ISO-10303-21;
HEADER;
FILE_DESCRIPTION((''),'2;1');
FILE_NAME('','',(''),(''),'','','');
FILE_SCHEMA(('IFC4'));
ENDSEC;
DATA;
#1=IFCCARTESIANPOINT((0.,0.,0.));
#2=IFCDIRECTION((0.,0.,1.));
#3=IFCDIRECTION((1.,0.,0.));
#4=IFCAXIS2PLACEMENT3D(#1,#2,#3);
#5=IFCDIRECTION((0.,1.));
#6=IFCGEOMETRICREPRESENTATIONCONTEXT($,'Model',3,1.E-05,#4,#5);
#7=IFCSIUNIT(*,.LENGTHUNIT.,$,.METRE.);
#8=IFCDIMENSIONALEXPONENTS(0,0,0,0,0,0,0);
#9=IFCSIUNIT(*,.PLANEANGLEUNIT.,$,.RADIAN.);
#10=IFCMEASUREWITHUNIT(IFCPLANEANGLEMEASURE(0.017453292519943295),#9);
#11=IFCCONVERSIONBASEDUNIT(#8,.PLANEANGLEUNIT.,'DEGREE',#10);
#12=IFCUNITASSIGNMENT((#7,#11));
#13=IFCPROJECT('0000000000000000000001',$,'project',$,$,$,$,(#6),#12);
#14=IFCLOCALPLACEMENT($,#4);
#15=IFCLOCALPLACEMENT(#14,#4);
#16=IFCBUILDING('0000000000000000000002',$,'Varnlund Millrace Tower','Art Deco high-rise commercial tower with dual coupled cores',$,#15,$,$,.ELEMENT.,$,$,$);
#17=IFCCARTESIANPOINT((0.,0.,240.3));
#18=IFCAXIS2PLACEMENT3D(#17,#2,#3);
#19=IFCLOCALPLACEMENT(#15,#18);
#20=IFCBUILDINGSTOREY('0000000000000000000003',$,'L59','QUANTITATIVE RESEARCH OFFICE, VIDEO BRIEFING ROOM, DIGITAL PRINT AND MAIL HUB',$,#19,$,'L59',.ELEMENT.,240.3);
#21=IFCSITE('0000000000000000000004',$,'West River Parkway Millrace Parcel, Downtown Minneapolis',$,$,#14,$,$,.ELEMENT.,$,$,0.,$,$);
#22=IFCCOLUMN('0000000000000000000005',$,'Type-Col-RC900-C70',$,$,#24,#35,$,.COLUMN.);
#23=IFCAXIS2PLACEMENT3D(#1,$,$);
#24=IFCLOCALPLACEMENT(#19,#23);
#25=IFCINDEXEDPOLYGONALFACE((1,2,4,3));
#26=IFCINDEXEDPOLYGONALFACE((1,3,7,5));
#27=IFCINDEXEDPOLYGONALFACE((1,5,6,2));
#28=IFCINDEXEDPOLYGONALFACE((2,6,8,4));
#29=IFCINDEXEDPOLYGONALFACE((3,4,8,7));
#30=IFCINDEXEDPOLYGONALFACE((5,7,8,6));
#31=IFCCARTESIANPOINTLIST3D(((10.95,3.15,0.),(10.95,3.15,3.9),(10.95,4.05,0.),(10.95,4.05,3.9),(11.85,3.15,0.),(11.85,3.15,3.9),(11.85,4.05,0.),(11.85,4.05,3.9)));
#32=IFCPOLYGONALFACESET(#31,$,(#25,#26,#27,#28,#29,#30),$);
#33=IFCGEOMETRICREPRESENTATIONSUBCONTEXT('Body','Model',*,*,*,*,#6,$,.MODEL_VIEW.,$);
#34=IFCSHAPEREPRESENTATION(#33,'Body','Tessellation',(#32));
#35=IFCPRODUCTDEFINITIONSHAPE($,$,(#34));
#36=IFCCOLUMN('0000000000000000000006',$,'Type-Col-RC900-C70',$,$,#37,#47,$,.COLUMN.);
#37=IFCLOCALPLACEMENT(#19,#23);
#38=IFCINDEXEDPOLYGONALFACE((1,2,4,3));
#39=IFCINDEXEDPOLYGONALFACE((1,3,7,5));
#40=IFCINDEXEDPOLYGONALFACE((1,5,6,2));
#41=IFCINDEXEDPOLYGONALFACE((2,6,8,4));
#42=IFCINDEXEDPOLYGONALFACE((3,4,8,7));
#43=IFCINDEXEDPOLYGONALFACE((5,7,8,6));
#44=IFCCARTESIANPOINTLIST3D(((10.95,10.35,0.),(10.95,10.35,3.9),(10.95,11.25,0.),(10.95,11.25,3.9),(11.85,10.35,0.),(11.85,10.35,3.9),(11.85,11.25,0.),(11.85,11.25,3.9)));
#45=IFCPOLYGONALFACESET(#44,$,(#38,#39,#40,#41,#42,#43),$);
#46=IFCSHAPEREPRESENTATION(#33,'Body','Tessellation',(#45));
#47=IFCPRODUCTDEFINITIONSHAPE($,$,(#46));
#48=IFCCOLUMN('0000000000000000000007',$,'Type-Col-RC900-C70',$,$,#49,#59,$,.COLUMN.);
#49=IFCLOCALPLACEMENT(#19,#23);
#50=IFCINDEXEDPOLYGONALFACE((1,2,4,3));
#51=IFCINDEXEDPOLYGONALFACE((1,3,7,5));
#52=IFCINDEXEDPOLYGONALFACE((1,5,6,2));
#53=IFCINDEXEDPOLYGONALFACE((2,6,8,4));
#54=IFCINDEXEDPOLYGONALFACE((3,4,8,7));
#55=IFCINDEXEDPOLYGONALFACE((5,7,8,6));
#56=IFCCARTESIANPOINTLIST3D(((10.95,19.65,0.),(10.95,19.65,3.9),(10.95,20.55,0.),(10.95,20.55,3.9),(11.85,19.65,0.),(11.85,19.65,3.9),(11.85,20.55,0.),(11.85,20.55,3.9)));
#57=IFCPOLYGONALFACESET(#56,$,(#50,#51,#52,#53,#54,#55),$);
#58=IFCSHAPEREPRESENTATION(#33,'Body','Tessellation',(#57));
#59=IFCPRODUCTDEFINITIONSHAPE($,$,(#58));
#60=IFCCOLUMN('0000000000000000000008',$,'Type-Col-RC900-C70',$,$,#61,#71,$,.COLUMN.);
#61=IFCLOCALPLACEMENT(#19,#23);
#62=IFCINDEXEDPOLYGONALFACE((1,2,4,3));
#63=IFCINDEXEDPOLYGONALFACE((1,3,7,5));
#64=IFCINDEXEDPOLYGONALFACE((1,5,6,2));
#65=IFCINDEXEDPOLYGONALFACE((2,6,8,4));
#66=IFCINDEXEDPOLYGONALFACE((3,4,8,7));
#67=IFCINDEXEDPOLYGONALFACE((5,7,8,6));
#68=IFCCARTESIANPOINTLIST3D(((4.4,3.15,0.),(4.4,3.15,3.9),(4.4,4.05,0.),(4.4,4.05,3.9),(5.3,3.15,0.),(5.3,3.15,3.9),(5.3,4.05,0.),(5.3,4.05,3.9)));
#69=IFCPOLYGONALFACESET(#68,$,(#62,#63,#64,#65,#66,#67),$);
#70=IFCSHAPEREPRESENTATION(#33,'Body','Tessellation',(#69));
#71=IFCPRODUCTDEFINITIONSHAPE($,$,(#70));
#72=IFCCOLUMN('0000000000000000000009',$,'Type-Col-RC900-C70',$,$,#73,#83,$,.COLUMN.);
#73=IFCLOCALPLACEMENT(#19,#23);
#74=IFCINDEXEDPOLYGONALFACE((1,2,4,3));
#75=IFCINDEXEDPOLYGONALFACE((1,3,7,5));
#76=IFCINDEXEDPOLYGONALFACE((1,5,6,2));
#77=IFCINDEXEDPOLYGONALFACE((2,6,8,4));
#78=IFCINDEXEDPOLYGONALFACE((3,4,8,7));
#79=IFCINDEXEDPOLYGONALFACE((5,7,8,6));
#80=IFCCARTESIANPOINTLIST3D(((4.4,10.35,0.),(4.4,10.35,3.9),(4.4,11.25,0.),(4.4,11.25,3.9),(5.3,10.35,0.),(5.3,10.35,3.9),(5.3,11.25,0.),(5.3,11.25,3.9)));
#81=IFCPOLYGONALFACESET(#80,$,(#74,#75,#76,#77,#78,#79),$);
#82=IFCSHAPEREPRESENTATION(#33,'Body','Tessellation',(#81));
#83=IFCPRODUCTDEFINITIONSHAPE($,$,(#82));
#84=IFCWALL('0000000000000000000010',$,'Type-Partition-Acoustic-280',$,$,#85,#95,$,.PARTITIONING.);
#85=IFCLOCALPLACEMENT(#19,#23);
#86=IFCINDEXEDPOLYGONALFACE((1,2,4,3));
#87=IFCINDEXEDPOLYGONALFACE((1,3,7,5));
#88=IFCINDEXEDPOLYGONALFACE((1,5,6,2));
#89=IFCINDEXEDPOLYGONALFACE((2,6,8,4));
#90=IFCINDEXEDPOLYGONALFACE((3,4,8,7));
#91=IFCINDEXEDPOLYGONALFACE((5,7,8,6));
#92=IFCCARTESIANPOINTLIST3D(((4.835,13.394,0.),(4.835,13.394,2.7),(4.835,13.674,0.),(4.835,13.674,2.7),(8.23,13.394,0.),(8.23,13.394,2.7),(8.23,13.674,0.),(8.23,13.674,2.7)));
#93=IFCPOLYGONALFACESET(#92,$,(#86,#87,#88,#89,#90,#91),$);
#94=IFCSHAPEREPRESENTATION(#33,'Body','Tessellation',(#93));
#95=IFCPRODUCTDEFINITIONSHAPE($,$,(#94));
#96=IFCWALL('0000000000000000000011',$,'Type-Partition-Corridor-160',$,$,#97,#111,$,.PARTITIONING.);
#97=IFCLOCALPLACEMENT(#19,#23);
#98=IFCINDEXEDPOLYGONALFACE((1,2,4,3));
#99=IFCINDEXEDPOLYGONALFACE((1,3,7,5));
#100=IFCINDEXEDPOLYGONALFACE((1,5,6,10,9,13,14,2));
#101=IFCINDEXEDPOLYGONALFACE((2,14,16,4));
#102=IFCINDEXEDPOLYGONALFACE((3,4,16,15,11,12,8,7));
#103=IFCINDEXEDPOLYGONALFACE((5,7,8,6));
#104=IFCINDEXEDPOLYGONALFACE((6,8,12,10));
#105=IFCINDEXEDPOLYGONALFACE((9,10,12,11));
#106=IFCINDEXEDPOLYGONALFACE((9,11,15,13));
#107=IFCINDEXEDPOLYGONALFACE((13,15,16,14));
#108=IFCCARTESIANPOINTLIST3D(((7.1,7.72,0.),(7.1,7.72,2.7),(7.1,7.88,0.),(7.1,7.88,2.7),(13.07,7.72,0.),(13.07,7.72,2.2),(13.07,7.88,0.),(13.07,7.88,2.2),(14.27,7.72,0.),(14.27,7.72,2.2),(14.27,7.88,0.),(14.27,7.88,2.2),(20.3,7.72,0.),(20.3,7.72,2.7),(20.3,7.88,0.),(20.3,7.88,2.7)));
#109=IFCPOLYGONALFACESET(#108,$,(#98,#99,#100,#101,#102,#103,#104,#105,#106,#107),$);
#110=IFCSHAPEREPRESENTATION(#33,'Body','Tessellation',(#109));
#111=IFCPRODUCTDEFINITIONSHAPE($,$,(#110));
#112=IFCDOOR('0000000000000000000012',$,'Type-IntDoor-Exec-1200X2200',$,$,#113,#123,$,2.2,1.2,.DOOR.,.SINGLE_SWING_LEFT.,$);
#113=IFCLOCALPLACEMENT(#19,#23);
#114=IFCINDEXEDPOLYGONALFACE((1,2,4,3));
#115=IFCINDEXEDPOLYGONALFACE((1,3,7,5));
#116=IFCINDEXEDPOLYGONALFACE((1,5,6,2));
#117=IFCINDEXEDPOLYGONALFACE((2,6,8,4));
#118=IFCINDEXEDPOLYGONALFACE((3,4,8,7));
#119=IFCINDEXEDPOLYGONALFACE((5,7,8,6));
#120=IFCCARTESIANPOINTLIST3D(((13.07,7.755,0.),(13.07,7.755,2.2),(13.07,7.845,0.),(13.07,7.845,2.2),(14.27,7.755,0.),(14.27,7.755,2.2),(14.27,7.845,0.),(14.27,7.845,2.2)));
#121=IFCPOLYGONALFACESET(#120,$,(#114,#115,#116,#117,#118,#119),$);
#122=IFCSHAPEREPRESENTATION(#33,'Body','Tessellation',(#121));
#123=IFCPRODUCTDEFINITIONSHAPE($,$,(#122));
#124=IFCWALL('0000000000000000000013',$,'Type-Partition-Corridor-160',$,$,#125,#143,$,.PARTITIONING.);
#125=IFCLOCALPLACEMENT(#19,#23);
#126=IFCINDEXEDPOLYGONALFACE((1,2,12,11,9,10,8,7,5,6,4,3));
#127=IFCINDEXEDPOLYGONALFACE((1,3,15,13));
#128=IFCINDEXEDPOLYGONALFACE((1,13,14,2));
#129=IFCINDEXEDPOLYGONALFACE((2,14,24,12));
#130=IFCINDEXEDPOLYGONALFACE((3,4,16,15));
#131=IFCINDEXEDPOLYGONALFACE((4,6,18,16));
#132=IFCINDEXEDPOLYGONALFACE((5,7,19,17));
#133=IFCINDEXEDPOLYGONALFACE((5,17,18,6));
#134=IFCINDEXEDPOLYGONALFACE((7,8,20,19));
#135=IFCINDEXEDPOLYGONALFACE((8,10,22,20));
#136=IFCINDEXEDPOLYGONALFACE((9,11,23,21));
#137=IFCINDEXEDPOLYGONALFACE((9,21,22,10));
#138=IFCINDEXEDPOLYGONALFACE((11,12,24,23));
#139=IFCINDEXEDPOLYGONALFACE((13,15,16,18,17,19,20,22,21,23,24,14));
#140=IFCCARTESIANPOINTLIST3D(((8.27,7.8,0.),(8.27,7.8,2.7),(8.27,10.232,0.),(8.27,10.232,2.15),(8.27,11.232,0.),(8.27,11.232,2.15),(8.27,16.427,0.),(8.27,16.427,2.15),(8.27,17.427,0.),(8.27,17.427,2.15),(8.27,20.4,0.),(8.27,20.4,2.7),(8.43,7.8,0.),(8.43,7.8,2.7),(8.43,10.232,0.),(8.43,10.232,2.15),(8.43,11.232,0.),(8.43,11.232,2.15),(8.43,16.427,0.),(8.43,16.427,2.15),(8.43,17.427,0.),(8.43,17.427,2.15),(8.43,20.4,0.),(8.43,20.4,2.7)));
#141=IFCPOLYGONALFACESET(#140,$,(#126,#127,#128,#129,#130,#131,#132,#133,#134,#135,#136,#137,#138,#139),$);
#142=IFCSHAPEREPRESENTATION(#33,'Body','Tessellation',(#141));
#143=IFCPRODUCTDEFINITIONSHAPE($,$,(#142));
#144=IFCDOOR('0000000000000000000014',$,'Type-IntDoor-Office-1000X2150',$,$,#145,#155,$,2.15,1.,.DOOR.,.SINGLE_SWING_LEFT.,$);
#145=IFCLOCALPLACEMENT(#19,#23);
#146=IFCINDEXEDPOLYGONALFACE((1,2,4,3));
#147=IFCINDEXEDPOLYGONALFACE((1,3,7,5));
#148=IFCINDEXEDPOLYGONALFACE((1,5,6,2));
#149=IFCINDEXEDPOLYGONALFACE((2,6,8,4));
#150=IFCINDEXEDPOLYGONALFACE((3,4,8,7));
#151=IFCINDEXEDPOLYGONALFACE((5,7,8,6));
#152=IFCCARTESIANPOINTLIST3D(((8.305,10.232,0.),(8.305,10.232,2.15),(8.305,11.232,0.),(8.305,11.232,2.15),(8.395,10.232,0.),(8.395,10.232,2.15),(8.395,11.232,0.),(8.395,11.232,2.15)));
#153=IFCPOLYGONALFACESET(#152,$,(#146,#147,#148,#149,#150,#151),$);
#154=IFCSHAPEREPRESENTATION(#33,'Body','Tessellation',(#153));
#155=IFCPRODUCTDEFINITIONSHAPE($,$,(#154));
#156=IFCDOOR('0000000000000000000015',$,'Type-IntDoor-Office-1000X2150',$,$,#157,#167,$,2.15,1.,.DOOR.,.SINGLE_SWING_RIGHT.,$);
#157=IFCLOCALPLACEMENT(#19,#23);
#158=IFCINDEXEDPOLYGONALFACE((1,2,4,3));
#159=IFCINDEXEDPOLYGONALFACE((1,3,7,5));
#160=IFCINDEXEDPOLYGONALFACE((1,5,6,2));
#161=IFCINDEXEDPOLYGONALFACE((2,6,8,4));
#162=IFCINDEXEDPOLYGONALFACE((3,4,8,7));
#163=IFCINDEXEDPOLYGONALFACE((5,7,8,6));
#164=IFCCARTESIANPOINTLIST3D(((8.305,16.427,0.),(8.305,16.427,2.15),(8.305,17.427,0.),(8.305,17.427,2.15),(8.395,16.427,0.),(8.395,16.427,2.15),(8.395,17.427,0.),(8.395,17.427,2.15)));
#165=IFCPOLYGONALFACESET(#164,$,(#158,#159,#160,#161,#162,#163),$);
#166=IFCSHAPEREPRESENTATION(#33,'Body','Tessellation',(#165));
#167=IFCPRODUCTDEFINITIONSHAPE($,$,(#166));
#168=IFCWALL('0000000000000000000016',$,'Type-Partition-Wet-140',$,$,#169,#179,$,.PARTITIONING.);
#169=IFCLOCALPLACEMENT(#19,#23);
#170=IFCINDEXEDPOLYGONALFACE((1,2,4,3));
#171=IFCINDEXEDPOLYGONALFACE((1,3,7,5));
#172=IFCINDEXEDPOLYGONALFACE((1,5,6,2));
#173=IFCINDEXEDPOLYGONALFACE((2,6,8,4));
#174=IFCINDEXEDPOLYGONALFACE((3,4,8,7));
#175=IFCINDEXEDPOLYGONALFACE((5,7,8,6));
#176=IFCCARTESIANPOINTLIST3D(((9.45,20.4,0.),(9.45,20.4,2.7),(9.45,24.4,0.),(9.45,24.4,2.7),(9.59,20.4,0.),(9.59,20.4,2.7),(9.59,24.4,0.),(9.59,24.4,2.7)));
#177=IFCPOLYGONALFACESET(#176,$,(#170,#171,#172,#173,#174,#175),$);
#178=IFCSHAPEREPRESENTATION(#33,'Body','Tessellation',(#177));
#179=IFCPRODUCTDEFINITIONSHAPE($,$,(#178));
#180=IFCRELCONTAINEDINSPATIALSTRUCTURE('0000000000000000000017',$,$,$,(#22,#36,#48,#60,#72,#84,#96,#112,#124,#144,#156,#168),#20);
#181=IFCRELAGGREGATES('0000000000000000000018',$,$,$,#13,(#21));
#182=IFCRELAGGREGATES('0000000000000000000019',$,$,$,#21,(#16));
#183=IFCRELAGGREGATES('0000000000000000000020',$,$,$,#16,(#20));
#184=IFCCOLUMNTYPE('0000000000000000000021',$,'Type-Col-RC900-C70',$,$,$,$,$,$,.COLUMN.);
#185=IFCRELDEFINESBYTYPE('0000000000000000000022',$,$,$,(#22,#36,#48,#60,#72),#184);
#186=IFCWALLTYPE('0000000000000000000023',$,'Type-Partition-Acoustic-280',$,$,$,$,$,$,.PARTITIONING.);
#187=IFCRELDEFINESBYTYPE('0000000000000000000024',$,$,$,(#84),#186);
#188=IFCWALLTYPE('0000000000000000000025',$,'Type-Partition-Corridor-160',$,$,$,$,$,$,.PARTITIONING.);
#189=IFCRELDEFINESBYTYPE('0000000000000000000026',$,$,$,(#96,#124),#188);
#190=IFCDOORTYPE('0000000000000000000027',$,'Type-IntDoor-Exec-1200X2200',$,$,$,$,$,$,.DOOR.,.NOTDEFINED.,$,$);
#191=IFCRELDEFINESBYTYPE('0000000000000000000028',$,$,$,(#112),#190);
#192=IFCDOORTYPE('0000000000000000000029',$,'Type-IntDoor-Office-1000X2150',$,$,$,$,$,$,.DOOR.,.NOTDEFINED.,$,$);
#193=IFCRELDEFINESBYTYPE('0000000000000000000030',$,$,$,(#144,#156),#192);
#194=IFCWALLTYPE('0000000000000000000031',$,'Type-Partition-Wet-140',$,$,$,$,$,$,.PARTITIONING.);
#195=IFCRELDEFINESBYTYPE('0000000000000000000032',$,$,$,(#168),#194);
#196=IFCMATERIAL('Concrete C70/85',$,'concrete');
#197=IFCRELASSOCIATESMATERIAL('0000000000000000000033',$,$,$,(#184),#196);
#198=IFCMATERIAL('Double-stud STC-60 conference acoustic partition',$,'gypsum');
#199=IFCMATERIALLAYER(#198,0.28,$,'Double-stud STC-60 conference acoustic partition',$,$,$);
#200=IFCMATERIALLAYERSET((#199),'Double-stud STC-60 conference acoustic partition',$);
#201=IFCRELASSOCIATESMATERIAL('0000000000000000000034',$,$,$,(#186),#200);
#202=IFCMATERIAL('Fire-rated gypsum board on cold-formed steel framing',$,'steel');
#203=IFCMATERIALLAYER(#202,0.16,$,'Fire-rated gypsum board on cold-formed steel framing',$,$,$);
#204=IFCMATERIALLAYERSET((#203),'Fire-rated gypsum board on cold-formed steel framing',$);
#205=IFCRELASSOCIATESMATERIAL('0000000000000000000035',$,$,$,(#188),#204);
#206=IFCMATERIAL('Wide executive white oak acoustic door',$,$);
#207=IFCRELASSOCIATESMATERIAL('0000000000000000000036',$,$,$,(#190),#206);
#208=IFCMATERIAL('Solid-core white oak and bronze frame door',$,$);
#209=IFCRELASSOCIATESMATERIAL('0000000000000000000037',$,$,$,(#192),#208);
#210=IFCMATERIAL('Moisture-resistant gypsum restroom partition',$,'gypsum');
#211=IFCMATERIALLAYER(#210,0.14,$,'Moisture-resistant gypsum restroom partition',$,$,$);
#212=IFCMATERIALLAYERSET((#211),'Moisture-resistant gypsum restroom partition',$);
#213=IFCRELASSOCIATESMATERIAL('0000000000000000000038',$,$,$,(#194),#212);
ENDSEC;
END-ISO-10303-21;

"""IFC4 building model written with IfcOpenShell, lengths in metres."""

from ifc_helpers import new_model, entity, si_unit, converted_unit, direction, frame, origin_with_axes, origin_2d_with_axis, place, context, subcontext, project, spatial, polyline, rectangle, outline, extrude, material, layer, layer_set, material_profile, profile_set, type_object, element, fill, save


model = new_model("IFC4")

# Units and contexts
model_context = context("Model", 3, precision=1e-05, world=origin_with_axes(), true_north=direction((0.0, 1.0)))
body_context = subcontext(model_context, "Body", "Model", "MODEL_VIEW")
ifc_project = project(units=[si_unit("LENGTHUNIT", "METRE"), converted_unit("PLANEANGLEUNIT", "DEGREE", entity("IfcPlaneAngleMeasure", 0.017453292519943295), si_unit("PLANEANGLEUNIT", "RADIAN"), dimensions=[0, 0, 0, 0, 0, 0, 0])], contexts=[model_context])

# Site, building, storey
site_placement = place(None, origin_with_axes())
site = spatial("IfcSite", under=ifc_project, at=site_placement, Name="West River Parkway Millrace Parcel, Downtown Minneapolis", CompositionType="ELEMENT", RefElevation=0.0)
building_placement = place(site_placement, origin_with_axes())
building = spatial("IfcBuilding", under=site, at=building_placement, Name="Varnlund Millrace Tower", Description="Art Deco high-rise commercial tower with dual coupled cores", CompositionType="ELEMENT")
storey_placement = place(building_placement, frame((0.0, 0.0, 240.3), z_axis=(0.0, 0.0, 1.0), x_axis=(1.0, 0.0, 0.0)))
storey = spatial("IfcBuildingStorey", under=building, at=storey_placement, Name="L59", Description="QUANTITATIVE RESEARCH OFFICE, VIDEO BRIEFING ROOM, DIGITAL PRINT AND MAIL HUB", LongName="L59", CompositionType="ELEMENT", Elevation=240.3)

# Columns
ifc_material_1 = material(Name="Concrete C70/85", Category="concrete")
ifc_material_profile = material_profile(ifc_material_1, rectangle(XDim=0.9, YDim=0.9, at=origin_2d_with_axis()), Name="Concrete C70/85")
ifc_profile_set = profile_set([ifc_material_profile], Name="Concrete C70/85")
column_type = type_object("IfcColumnType", Name="Type-Col-RC900-C70", PredefinedType="COLUMN", material=ifc_profile_set)
for number, where, z_axis, x_axis, name in (
    (1, (11.4, 3.6, 0.0), (0.0, 0.0, 1.0), (1.0, 0.0, 0.0), "Type-Col-RC900-C70"),
    (2, (11.4, 10.8, 0.0), (0.0, 0.0, 1.0), (1.0, 0.0, 0.0), "Type-Col-RC900-C70"),
    (3, (11.4, 20.1, 0.0), (0.0, 0.0, 1.0), (1.0, 0.0, 0.0), "Type-Col-RC900-C70"),
    (4, (4.85, 3.6, 0.0), (0.0, 0.0, 1.0), (1.0, 0.0, 0.0), "Type-Col-RC900-C70"),
    (5, (4.85, 10.8, 0.0), (0.0, 0.0, 1.0), (1.0, 0.0, 0.0), "Type-Col-RC900-C70"),
):
    element("IfcColumn", number, at=place(storey_placement, frame(where, z_axis=z_axis, x_axis=x_axis)), inside=storey, type_object=column_type, Name=name, PredefinedType="COLUMN", context=body_context, shape_type="SweptSolid", body=[
        extrude(rectangle(XDim=0.9, YDim=0.9, at=origin_2d_with_axis()), origin_with_axes(), (0.0, 0.0, 1.0), 3.9),
    ])

# Wall
ifc_material_2 = material(Name="Double-stud STC-60 conference acoustic partition", Category="gypsum")
ifc_layer_1 = layer(ifc_material_2, 0.28, Name="Double-stud STC-60 conference acoustic partition")
ifc_layer_set_1 = layer_set([ifc_layer_1], Name="Double-stud STC-60 conference acoustic partition")
wall_type_1 = type_object("IfcWallType", Name="Type-Partition-Acoustic-280", PredefinedType="PARTITIONING", material=ifc_layer_set_1)
wall_1_placement = place(storey_placement, frame((4.835, 13.534, 0.0), z_axis=(0.0, 0.0, 1.0), x_axis=(1.0, 0.0, 0.0)))
element("IfcWall", 6, at=wall_1_placement, inside=storey, type_object=wall_type_1, Name="Type-Partition-Acoustic-280", PredefinedType="PARTITIONING", context=body_context, shape_type="SweptSolid", body=[
    extrude(outline(polyline([(0.0, -0.14), (3.395, -0.14), (3.395, 0.14), (0.0, 0.14), (0.0, -0.14)])), origin_with_axes(), (0.0, 0.0, 1.0), 2.7),
])

# Wall, opening, door
ifc_material_3 = material(Name="Fire-rated gypsum board on cold-formed steel framing", Category="steel")
ifc_layer_2 = layer(ifc_material_3, 0.16, Name="Fire-rated gypsum board on cold-formed steel framing")
ifc_layer_set_2 = layer_set([ifc_layer_2], Name="Fire-rated gypsum board on cold-formed steel framing")
wall_type_2 = type_object("IfcWallType", Name="Type-Partition-Corridor-160", PredefinedType="PARTITIONING", material=ifc_layer_set_2)
wall_2_placement = place(storey_placement, frame((7.1, 7.8, 0.0), z_axis=(0.0, 0.0, 1.0), x_axis=(1.0, 0.0, 0.0)))
wall_2 = element("IfcWall", 7, at=wall_2_placement, inside=storey, type_object=wall_type_2, Name="Type-Partition-Corridor-160", PredefinedType="PARTITIONING", context=body_context, shape_type="SweptSolid", body=[
    extrude(outline(polyline([(0.0, -0.08), (13.2, -0.08), (13.2, 0.08), (0.0, 0.08), (0.0, -0.08)])), origin_with_axes(), (0.0, 0.0, 1.0), 2.7),
])
opening_1_placement = place(wall_2_placement, frame((6.57, 0.0, 0.0), z_axis=(0.0, 0.0, 1.0), x_axis=(1.0, 0.0, 0.0)))
opening_1 = element("IfcOpeningElement", 8, at=opening_1_placement, cuts=wall_2, PredefinedType="OPENING", context=body_context, shape_type="SweptSolid", body=[
    extrude(rectangle(XDim=1.2, YDim=0.18, at=origin_2d_with_axis()), origin_with_axes(), (0.0, 0.0, 1.0), 2.2),
])
ifc_material_4 = material(Name="Wide executive white oak acoustic door")
door_type_1 = type_object("IfcDoorType", Name="Type-IntDoor-Exec-1200X2200", OperationType="NOTDEFINED", PredefinedType="DOOR", material=ifc_material_4)
door_1_placement = place(wall_2_placement, frame((6.57, 0.0, 0.0), z_axis=(0.0, 0.0, 1.0), x_axis=(1.0, 0.0, 0.0)))
door_1 = element("IfcDoor", 9, at=door_1_placement, inside=storey, type_object=door_type_1, Name="Type-IntDoor-Exec-1200X2200", OperationType="SINGLE_SWING_LEFT", OverallHeight=2.2, OverallWidth=1.2, PredefinedType="DOOR", context=body_context, shape_type="SweptSolid", body=[
    extrude(rectangle(XDim=1.2, YDim=0.09, at=origin_2d_with_axis()), origin_with_axes(), (0.0, 0.0, 1.0), 2.2),
])
fill(opening_1, door_1)

# Wall, openings, doors
wall_3_placement = place(storey_placement, frame((8.35, 7.8, 0.0), z_axis=(0.0, 0.0, 1.0), x_axis=(0.0, 1.0, 0.0)))
wall_3 = element("IfcWall", 10, at=wall_3_placement, inside=storey, type_object=wall_type_2, Name="Type-Partition-Corridor-160", PredefinedType="PARTITIONING", context=body_context, shape_type="SweptSolid", body=[
    extrude(outline(polyline([(0.0, -0.08), (12.6, -0.08), (12.6, 0.08), (0.0, 0.08), (0.0, -0.08)])), origin_with_axes(), (0.0, 0.0, 1.0), 2.7),
])
opening_2_placement = place(wall_3_placement, frame((2.932, 0.0, 0.0), z_axis=(0.0, 0.0, 1.0), x_axis=(1.0, 0.0, 0.0)))
opening_2 = element("IfcOpeningElement", 11, at=opening_2_placement, cuts=wall_3, PredefinedType="OPENING", context=body_context, shape_type="SweptSolid", body=[
    extrude(rectangle(XDim=1.0, YDim=0.18, at=origin_2d_with_axis()), origin_with_axes(), (0.0, 0.0, 1.0), 2.15),
])
opening_3_placement = place(wall_3_placement, frame((9.127, 0.0, 0.0), z_axis=(0.0, 0.0, 1.0), x_axis=(1.0, 0.0, 0.0)))
opening_3 = element("IfcOpeningElement", 12, at=opening_3_placement, cuts=wall_3, PredefinedType="OPENING", context=body_context, shape_type="SweptSolid", body=[
    extrude(rectangle(XDim=1.0, YDim=0.18, at=origin_2d_with_axis()), origin_with_axes(), (0.0, 0.0, 1.0), 2.15),
])
ifc_material_5 = material(Name="Solid-core white oak and bronze frame door")
door_type_2 = type_object("IfcDoorType", Name="Type-IntDoor-Office-1000X2150", OperationType="NOTDEFINED", PredefinedType="DOOR", material=ifc_material_5)
door_2_placement = place(wall_3_placement, frame((2.932, 0.0, 0.0), z_axis=(0.0, 0.0, 1.0), x_axis=(1.0, 0.0, 0.0)))
door_2 = element("IfcDoor", 13, at=door_2_placement, inside=storey, type_object=door_type_2, Name="Type-IntDoor-Office-1000X2150", OperationType="SINGLE_SWING_LEFT", OverallHeight=2.15, OverallWidth=1.0, PredefinedType="DOOR", context=body_context, shape_type="SweptSolid", body=[
    extrude(rectangle(XDim=1.0, YDim=0.09, at=origin_2d_with_axis()), origin_with_axes(), (0.0, 0.0, 1.0), 2.15),
])
fill(opening_2, door_2)
door_3_placement = place(wall_3_placement, frame((9.127, 0.0, 0.0), z_axis=(0.0, 0.0, 1.0), x_axis=(1.0, 0.0, 0.0)))
door_3 = element("IfcDoor", 14, at=door_3_placement, inside=storey, type_object=door_type_2, Name="Type-IntDoor-Office-1000X2150", OperationType="SINGLE_SWING_RIGHT", OverallHeight=2.15, OverallWidth=1.0, PredefinedType="DOOR", context=body_context, shape_type="SweptSolid", body=[
    extrude(rectangle(XDim=1.0, YDim=0.09, at=origin_2d_with_axis()), origin_with_axes(), (0.0, 0.0, 1.0), 2.15),
])
fill(opening_3, door_3)

# Wall
ifc_material_6 = material(Name="Moisture-resistant gypsum restroom partition", Category="gypsum")
ifc_layer_3 = layer(ifc_material_6, 0.14, Name="Moisture-resistant gypsum restroom partition")
ifc_layer_set_3 = layer_set([ifc_layer_3], Name="Moisture-resistant gypsum restroom partition")
wall_type_3 = type_object("IfcWallType", Name="Type-Partition-Wet-140", PredefinedType="PARTITIONING", material=ifc_layer_set_3)
wall_4_placement = place(storey_placement, frame((9.52, 20.4, 0.0), z_axis=(0.0, 0.0, 1.0), x_axis=(0.0, 1.0, 0.0)))
element("IfcWall", 15, at=wall_4_placement, inside=storey, type_object=wall_type_3, Name="Type-Partition-Wet-140", PredefinedType="PARTITIONING", context=body_context, shape_type="SweptSolid", body=[
    extrude(outline(polyline([(0.0, -0.07), (4.0, -0.07), (4.0, 0.07), (0.0, 0.07), (0.0, -0.07)])), origin_with_axes(), (0.0, 0.0, 1.0), 2.7),
])

save(model, "model.ifc")
